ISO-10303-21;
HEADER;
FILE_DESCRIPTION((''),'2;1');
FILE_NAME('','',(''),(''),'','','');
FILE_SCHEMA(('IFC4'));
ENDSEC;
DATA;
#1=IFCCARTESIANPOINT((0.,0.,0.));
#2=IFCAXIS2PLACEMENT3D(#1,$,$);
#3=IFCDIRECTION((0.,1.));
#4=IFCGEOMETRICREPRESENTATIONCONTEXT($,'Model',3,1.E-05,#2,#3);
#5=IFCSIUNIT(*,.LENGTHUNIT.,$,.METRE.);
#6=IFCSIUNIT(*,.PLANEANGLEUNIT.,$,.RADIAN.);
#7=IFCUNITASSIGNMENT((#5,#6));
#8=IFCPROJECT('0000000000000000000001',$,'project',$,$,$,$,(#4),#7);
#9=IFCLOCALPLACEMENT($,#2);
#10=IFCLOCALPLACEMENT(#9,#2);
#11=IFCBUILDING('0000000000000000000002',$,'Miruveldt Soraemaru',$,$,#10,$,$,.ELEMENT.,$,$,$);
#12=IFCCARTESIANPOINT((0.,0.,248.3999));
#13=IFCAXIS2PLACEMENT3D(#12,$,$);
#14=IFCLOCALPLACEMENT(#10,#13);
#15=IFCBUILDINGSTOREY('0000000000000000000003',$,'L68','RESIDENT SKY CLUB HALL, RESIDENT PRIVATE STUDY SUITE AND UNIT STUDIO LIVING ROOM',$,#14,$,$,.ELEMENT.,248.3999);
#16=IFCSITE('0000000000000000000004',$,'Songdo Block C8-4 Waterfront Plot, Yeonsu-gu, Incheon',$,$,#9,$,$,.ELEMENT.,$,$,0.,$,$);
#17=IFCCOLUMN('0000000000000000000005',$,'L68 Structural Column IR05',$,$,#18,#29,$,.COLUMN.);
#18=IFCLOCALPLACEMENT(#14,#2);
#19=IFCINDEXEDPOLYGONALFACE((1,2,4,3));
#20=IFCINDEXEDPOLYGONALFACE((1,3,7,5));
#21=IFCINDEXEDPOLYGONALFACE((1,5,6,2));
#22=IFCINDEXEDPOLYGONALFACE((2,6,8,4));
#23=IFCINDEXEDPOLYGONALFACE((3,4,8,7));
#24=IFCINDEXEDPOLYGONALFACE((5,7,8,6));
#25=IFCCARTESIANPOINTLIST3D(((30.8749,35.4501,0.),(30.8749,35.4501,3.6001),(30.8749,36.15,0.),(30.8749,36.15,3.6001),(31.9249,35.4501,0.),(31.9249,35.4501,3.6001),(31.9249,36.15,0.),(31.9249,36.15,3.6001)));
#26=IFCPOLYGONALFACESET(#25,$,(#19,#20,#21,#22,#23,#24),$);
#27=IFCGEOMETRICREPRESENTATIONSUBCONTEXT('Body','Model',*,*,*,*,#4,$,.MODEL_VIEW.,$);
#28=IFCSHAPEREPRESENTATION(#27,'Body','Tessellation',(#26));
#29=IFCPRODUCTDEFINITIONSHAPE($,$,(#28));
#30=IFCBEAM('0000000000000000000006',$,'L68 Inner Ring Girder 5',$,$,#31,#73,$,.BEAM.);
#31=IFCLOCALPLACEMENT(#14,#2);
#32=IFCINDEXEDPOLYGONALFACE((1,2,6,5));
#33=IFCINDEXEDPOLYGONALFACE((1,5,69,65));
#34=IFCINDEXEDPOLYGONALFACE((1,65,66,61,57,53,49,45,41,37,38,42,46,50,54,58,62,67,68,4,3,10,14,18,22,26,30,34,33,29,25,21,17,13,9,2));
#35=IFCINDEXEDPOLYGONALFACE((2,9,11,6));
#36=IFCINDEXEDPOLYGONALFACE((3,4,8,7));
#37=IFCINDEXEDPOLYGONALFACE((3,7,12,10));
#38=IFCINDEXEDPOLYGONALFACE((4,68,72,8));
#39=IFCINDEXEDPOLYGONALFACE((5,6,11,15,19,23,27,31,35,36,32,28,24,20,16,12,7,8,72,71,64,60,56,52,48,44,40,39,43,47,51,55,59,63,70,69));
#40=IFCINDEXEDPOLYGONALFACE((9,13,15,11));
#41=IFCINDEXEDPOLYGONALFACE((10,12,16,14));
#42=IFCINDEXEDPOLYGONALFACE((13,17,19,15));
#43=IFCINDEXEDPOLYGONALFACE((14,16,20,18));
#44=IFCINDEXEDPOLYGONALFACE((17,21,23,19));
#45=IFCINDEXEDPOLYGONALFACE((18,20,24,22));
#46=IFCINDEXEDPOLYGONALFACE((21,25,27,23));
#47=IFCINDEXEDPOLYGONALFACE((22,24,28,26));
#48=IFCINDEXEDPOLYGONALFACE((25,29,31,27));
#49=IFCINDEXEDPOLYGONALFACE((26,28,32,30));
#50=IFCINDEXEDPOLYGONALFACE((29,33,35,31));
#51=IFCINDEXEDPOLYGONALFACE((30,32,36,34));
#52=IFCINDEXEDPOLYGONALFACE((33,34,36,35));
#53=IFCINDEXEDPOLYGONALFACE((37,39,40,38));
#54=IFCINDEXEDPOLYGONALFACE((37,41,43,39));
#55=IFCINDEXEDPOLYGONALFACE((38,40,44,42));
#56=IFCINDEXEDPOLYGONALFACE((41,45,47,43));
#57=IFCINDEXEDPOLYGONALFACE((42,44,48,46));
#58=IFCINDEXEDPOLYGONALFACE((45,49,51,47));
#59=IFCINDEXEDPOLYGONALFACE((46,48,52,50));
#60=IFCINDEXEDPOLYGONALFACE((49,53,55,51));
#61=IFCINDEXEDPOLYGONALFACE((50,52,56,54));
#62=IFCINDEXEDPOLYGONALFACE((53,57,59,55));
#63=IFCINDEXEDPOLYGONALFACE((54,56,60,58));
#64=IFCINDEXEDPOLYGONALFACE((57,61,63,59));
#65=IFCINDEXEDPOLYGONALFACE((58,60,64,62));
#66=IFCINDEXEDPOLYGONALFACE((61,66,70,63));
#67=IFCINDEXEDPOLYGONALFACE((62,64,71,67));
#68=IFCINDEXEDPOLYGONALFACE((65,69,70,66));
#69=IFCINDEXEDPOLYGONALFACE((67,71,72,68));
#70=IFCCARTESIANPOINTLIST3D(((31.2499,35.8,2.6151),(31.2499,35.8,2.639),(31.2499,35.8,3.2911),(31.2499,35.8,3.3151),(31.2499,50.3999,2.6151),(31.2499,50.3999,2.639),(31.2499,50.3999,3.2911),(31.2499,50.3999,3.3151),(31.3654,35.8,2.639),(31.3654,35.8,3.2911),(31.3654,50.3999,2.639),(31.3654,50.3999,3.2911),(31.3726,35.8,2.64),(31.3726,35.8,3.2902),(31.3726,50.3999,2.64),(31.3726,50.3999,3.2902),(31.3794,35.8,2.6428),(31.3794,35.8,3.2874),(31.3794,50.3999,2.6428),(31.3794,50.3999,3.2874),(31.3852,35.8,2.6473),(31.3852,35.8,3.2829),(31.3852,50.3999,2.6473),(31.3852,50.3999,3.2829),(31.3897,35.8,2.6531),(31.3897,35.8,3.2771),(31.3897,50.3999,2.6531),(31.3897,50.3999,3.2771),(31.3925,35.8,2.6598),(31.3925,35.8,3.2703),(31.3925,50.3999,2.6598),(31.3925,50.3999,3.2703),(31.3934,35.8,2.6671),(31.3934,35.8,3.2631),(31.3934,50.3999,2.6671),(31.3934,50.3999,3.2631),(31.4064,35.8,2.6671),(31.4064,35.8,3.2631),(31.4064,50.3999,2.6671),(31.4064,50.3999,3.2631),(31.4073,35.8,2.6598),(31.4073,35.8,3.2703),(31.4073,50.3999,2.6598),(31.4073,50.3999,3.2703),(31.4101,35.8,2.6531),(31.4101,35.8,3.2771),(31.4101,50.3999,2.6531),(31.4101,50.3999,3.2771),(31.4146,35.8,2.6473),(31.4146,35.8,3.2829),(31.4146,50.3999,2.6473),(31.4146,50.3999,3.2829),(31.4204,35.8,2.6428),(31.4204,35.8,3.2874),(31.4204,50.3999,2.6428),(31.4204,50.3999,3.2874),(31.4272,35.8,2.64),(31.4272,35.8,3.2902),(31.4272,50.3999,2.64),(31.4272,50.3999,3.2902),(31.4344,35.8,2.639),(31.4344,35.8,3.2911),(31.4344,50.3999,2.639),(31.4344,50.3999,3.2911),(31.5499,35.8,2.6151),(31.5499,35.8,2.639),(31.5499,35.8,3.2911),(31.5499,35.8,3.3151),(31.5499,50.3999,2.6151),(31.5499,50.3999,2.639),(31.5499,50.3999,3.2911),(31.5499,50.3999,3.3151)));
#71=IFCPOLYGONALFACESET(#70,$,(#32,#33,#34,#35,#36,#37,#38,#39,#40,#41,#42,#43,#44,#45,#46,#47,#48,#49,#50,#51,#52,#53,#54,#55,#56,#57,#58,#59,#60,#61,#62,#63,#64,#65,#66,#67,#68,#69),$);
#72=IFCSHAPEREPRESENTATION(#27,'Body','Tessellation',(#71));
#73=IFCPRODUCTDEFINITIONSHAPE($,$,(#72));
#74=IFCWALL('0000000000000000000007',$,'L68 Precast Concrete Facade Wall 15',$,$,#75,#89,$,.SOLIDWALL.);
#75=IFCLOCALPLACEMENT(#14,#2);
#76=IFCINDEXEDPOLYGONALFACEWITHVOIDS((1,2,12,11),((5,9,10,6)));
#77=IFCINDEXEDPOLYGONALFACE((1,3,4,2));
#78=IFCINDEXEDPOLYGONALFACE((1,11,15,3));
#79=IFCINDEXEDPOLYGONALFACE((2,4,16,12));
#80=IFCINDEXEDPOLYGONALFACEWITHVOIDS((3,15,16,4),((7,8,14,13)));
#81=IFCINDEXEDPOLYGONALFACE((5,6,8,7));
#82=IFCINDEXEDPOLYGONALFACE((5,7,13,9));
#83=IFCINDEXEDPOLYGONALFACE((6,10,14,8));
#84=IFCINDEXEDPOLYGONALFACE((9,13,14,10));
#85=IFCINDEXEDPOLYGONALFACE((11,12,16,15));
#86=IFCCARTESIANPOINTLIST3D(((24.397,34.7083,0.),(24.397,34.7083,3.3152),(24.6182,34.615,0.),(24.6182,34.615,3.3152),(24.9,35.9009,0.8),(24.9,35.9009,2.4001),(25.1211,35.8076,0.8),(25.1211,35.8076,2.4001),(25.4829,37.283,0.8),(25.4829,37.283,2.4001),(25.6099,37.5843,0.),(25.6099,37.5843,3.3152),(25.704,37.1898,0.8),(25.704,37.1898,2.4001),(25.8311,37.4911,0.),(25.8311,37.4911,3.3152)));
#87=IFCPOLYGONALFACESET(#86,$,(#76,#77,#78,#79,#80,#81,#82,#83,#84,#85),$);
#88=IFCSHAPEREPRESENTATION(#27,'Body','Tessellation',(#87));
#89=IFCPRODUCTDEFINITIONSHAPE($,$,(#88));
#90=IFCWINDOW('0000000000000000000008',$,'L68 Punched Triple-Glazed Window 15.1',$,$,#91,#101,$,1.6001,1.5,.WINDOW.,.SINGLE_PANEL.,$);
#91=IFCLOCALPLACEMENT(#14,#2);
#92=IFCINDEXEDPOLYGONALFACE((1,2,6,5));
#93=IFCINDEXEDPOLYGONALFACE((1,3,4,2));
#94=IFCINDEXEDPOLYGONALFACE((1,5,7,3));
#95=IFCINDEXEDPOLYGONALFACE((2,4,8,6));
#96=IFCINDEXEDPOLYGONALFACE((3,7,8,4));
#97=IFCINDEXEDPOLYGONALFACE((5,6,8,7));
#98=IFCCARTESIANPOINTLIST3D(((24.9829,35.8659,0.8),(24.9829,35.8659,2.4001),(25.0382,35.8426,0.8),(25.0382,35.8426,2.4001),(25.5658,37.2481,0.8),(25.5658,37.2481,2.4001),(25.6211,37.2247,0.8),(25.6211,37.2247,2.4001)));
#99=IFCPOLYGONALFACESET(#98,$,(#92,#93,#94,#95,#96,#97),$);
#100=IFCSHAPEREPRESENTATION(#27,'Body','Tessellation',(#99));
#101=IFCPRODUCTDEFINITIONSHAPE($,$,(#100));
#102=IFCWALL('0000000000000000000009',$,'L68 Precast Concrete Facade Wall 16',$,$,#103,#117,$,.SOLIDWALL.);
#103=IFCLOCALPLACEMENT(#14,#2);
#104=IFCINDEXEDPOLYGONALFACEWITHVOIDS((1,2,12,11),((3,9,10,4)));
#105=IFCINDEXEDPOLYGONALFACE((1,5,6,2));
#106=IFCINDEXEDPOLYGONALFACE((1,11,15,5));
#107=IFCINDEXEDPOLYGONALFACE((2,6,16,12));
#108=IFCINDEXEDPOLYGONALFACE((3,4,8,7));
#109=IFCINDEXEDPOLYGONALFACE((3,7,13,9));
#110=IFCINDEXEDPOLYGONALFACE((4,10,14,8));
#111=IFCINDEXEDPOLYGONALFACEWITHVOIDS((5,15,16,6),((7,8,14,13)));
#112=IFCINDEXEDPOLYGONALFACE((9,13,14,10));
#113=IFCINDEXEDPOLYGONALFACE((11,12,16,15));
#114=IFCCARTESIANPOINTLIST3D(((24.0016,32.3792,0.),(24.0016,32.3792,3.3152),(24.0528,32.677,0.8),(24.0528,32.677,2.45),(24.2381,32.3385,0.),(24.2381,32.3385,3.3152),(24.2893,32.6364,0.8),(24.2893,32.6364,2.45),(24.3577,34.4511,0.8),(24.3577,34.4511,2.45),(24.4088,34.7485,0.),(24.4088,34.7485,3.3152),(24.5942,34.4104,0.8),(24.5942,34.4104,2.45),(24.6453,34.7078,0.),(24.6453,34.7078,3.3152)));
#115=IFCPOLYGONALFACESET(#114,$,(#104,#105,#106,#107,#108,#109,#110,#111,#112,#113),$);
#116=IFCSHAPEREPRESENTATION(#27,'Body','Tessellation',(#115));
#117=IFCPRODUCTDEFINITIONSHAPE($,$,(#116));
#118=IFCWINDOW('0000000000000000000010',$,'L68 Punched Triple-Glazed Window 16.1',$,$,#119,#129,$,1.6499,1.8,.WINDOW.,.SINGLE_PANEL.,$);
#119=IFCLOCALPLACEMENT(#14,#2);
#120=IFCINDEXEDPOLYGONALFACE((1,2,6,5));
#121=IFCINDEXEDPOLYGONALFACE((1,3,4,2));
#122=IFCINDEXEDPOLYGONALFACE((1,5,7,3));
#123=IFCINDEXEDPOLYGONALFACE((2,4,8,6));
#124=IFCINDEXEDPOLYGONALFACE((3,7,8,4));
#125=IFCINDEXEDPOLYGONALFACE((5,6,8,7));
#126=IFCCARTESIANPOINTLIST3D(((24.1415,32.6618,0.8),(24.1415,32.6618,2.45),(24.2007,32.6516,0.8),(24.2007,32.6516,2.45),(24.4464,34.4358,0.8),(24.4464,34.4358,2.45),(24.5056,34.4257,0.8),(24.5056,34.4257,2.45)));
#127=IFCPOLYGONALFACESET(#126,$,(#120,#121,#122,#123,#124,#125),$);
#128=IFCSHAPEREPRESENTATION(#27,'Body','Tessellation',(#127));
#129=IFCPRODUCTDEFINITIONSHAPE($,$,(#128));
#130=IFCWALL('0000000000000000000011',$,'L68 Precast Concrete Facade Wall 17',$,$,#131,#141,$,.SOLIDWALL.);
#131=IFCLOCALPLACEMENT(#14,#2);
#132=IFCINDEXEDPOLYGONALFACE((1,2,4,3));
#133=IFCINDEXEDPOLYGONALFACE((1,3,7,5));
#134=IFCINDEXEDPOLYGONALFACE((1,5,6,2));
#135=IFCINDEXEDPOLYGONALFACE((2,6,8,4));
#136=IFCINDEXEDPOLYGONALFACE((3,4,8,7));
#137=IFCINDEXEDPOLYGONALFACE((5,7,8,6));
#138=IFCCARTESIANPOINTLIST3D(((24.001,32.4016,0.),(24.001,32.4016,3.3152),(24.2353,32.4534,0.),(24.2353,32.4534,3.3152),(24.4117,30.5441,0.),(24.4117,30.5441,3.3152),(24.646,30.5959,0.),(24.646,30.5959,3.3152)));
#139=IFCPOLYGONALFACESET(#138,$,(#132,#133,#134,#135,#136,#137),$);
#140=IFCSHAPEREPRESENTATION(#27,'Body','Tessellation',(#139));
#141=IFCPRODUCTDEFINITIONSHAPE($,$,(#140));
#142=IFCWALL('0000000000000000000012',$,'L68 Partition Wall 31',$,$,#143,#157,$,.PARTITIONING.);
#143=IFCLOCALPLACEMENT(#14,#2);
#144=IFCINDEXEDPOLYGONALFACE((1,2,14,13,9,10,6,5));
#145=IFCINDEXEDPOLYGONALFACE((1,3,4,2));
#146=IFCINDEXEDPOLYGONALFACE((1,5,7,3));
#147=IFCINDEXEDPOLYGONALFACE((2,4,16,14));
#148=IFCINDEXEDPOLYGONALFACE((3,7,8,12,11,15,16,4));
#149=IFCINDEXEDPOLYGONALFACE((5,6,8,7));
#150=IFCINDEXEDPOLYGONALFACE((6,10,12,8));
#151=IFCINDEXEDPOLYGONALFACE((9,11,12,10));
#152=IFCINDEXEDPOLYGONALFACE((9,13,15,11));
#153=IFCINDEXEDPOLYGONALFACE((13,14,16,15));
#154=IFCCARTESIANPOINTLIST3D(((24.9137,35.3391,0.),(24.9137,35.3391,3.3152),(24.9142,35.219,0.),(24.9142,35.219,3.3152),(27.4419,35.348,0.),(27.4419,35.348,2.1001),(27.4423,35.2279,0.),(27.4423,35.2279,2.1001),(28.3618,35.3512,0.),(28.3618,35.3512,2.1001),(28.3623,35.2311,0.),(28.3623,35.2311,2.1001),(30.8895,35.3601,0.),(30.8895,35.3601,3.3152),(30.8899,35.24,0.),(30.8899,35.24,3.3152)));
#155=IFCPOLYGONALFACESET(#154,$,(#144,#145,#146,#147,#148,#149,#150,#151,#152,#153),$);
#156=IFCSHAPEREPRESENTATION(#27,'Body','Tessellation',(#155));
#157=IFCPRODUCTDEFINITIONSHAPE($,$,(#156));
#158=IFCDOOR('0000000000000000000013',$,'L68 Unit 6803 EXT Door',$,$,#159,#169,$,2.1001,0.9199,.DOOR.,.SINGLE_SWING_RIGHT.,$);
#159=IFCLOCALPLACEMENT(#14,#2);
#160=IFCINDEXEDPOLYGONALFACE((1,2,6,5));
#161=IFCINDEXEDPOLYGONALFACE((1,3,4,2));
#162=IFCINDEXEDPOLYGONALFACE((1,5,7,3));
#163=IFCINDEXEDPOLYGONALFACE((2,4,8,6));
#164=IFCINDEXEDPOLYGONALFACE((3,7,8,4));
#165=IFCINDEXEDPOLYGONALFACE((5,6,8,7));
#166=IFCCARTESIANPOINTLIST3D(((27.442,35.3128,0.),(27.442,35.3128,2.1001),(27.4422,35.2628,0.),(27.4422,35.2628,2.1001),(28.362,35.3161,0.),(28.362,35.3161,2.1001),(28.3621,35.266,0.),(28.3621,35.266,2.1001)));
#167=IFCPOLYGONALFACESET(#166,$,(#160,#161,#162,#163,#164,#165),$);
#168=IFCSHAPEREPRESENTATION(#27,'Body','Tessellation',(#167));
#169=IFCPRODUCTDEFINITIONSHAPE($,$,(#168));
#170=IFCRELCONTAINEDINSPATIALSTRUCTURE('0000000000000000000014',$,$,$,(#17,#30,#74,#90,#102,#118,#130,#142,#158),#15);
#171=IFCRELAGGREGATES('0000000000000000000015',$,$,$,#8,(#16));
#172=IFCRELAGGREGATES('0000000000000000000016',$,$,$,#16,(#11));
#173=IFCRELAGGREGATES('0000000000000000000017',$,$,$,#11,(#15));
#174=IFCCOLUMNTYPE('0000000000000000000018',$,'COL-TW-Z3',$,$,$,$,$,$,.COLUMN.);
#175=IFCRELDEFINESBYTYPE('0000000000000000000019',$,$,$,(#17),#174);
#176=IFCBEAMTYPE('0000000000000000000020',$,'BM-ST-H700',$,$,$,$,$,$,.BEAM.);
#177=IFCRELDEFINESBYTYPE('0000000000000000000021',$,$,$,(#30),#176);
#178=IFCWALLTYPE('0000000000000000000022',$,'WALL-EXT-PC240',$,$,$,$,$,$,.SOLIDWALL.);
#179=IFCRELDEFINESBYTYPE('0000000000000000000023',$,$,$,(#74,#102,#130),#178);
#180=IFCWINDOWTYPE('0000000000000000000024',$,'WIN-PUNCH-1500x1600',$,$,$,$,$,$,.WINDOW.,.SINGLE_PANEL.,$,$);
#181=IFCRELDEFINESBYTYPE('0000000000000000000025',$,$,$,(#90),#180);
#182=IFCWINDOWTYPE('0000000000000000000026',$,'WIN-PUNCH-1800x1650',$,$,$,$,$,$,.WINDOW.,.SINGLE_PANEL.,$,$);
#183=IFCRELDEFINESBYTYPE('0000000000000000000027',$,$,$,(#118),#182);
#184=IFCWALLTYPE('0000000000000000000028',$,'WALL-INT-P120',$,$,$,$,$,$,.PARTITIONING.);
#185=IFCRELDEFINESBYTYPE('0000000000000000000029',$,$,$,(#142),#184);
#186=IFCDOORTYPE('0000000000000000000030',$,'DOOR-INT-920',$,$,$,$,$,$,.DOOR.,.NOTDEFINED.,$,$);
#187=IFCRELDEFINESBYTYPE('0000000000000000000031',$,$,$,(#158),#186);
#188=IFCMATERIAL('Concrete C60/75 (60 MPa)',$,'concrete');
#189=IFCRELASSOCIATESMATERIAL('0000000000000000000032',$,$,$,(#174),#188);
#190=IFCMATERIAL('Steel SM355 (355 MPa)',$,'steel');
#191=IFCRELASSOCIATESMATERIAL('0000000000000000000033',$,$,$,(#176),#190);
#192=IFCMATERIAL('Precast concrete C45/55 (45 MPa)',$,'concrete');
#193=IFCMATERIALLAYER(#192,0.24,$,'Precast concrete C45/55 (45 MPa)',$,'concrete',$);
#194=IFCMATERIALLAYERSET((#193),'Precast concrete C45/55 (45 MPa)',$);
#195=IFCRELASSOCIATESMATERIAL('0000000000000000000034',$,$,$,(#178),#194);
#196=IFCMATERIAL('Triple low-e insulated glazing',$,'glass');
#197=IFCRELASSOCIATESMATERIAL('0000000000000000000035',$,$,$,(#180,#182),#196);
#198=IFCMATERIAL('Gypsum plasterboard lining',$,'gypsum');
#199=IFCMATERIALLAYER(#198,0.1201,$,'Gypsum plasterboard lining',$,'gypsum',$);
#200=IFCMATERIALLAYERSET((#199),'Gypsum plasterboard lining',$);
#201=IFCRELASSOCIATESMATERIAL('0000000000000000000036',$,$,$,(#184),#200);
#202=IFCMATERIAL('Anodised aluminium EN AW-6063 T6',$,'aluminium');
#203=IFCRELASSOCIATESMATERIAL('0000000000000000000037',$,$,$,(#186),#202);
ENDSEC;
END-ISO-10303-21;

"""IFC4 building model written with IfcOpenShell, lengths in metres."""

from ifc_helpers import new_model, si_unit, direction, frame, frame_2d, origin, origin_2d, place, context, subcontext, project, spatial, rectangle, i_section, extrude, material, layer, layer_set, material_profile, profile_set, type_object, element, fill, save


model = new_model("IFC4")

# Units and contexts
model_context = context("Model", 3, precision=1e-05, world=origin(), true_north=direction((0.0, 1.0)))
body_context = subcontext(model_context, "Body", "Model", "MODEL_VIEW")
ifc_project = project(units=[si_unit("LENGTHUNIT", "METRE"), si_unit("PLANEANGLEUNIT", "RADIAN")], contexts=[model_context])

# Site, building, storey
site_placement = place(None, origin())
site = spatial("IfcSite", under=ifc_project, at=site_placement, Name="Songdo Block C8-4 Waterfront Plot, Yeonsu-gu, Incheon", CompositionType="ELEMENT", RefElevation=0.0)
building_placement = place(site_placement, origin())
building = spatial("IfcBuilding", under=site, at=building_placement, Name="Miruveldt Soraemaru", CompositionType="ELEMENT")
storey_placement = place(building_placement, frame((0.0, 0.0, 248.3999)))
storey = spatial("IfcBuildingStorey", under=building, at=storey_placement, Name="L68", Description="RESIDENT SKY CLUB HALL, RESIDENT PRIVATE STUDY SUITE AND UNIT STUDIO LIVING ROOM", CompositionType="ELEMENT", Elevation=248.3999)

# Column
ifc_material_1 = material(Name="Concrete C60/75 (60 MPa)", Category="concrete")
ifc_material_profile_1 = material_profile(ifc_material_1, rectangle(XDim=1.05, YDim=0.7, at=origin_2d()), Name="Concrete C60/75 (60 MPa)", Category="concrete")
ifc_profile_set_1 = profile_set([ifc_material_profile_1], Name="Concrete C60/75 (60 MPa)")
column_type = type_object("IfcColumnType", Name="COL-TW-Z3", PredefinedType="COLUMN", material=ifc_profile_set_1)
column_placement = place(storey_placement, frame((31.3999, 35.8, 0.0), z_axis=(0.0, 0.0, 1.0), x_axis=(1.0, 0.0, 0.0)))
element("IfcColumn", 1, at=column_placement, inside=storey, type_object=column_type, Name="L68 Structural Column IR05", PredefinedType="COLUMN", context=body_context, shape_type="SweptSolid", body=[
    extrude(rectangle(XDim=1.05, YDim=0.7, at=origin_2d()), origin(), (0.0, 0.0, 1.0), 3.6001),
])

# Beam
ifc_material_2 = material(Name="Steel SM355 (355 MPa)", Category="steel")
ifc_material_profile_2 = material_profile(ifc_material_2, i_section(OverallWidth=0.3, OverallDepth=0.7, WebThickness=0.0129, FlangeThickness=0.0239, FilletRadius=0.0281, at=origin_2d()), Name="Steel SM355 (355 MPa)", Category="steel")
ifc_profile_set_2 = profile_set([ifc_material_profile_2], Name="Steel SM355 (355 MPa)")
beam_type = type_object("IfcBeamType", Name="BM-ST-H700", PredefinedType="BEAM", material=ifc_profile_set_2)
beam_placement = place(storey_placement, frame((31.3999, 35.8, 2.9651), z_axis=(0.0, 1.0, 0.0), x_axis=(-1.0, 0.0, 0.0)))
element("IfcBeam", 2, at=beam_placement, inside=storey, type_object=beam_type, Name="L68 Inner Ring Girder 5", PredefinedType="BEAM", context=body_context, shape_type="SweptSolid", body=[
    extrude(i_section(OverallWidth=0.3, OverallDepth=0.7, WebThickness=0.0129, FlangeThickness=0.0239, FilletRadius=0.0281, at=origin_2d()), origin(), (0.0, 0.0, 1.0), 14.5999),
])

# Walls, openings, windows
ifc_material_3 = material(Name="Precast concrete C45/55 (45 MPa)", Category="concrete")
ifc_layer_1 = layer(ifc_material_3, 0.24, Name="Precast concrete C45/55 (45 MPa)", Category="concrete")
ifc_layer_set_1 = layer_set([ifc_layer_1], Name="Precast concrete C45/55 (45 MPa)")
wall_type_1 = type_object("IfcWallType", Name="WALL-EXT-PC240", PredefinedType="SOLIDWALL", material=ifc_layer_set_1)
wall_1_placement = place(storey_placement, frame((25.7205, 37.5376, 0.0), z_axis=(0.0, 0.0, 1.0), x_axis=(-0.388588, -0.921411, 0.0)))
wall_1 = element("IfcWall", 3, at=wall_1_placement, inside=storey, type_object=wall_type_1, Name="L68 Precast Concrete Facade Wall 15", PredefinedType="SOLIDWALL", context=body_context, shape_type="SweptSolid", body=[
    extrude(rectangle(XDim=3.1213, YDim=0.24, at=frame_2d((1.5605, 0.0))), origin(), (0.0, 0.0, 1.0), 3.3152),
])
opening_1_placement = place(wall_1_placement, frame((0.3269, 0.0, 0.8)))
opening_1 = element("IfcOpeningElement", 4, at=opening_1_placement, cuts=wall_1, PredefinedType="OPENING", context=body_context, shape_type="SweptSolid", body=[
    extrude(rectangle(XDim=1.5, YDim=1.6001, at=frame_2d((0.75, 0.8))), frame((0.0, 0.1299, 0.0), z_axis=(0.0, -1.0, 0.0), x_axis=(1.0, 0.0, 0.0)), (0.0, 0.0, 1.0), 0.26),
])
ifc_material_4 = material(Name="Triple low-e insulated glazing", Category="glass")
window_type_1 = type_object("IfcWindowType", Name="WIN-PUNCH-1500x1600", PartitioningType="SINGLE_PANEL", PredefinedType="WINDOW", material=ifc_material_4)
window_1_placement = place(opening_1_placement, origin())
window_1 = element("IfcWindow", 5, at=window_1_placement, inside=storey, type_object=window_type_1, Name="L68 Punched Triple-Glazed Window 15.1", OverallHeight=1.6001, OverallWidth=1.5, PartitioningType="SINGLE_PANEL", PredefinedType="WINDOW", context=body_context, shape_type="SweptSolid", body=[
    extrude(rectangle(XDim=1.5, YDim=1.6001, at=frame_2d((0.75, 0.8))), frame((0.0, 0.03, 0.0), z_axis=(0.0, -1.0, 0.0), x_axis=(1.0, 0.0, 0.0)), (0.0, 0.0, 1.0), 0.0601),
])
fill(opening_1, window_1)
wall_2_placement = place(storey_placement, frame((24.5271, 34.7283, 0.0), z_axis=(0.0, 0.0, 1.0), x_axis=(-0.169387, -0.98555, 0.0)))
wall_2 = element("IfcWall", 6, at=wall_2_placement, inside=storey, type_object=wall_type_1, Name="L68 Precast Concrete Facade Wall 16", PredefinedType="SOLIDWALL", context=body_context, shape_type="SweptSolid", body=[
    extrude(rectangle(XDim=2.4041, YDim=0.24, at=frame_2d((1.2021, 0.0))), origin(), (0.0, 0.0, 1.0), 3.3152),
])
opening_2_placement = place(wall_2_placement, frame((0.302, 0.0, 0.8)))
opening_2 = element("IfcOpeningElement", 7, at=opening_2_placement, cuts=wall_2, PredefinedType="OPENING", context=body_context, shape_type="SweptSolid", body=[
    extrude(rectangle(XDim=1.8, YDim=1.6499, at=frame_2d((0.8999, 0.825))), frame((0.0, 0.1299, 0.0), z_axis=(0.0, -1.0, 0.0), x_axis=(1.0, 0.0, 0.0)), (0.0, 0.0, 1.0), 0.26),
])
window_type_2 = type_object("IfcWindowType", Name="WIN-PUNCH-1800x1650", PartitioningType="SINGLE_PANEL", PredefinedType="WINDOW", material=ifc_material_4)
window_2_placement = place(opening_2_placement, origin())
window_2 = element("IfcWindow", 8, at=window_2_placement, inside=storey, type_object=window_type_2, Name="L68 Punched Triple-Glazed Window 16.1", OverallHeight=1.6499, OverallWidth=1.8, PartitioningType="SINGLE_PANEL", PredefinedType="WINDOW", context=body_context, shape_type="SweptSolid", body=[
    extrude(rectangle(XDim=1.8, YDim=1.6499, at=frame_2d((0.8999, 0.825))), frame((0.0, 0.03, 0.0), z_axis=(0.0, -1.0, 0.0), x_axis=(1.0, 0.0, 0.0)), (0.0, 0.0, 1.0), 0.0601),
])
fill(opening_2, window_2)

# Wall
wall_3_placement = place(storey_placement, frame((24.1182, 32.4275, 0.0), z_axis=(0.0, 0.0, 1.0), x_axis=(0.21587, -0.976422, 0.0)))
element("IfcWall", 9, at=wall_3_placement, inside=storey, type_object=wall_type_1, Name="L68 Precast Concrete Facade Wall 17", PredefinedType="SOLIDWALL", context=body_context, shape_type="SweptSolid", body=[
    extrude(rectangle(XDim=1.9023, YDim=0.24, at=frame_2d((0.9512, 0.0))), origin(), (0.0, 0.0, 1.0), 3.3152),
])

# Wall, opening, door
ifc_material_5 = material(Name="Gypsum plasterboard lining", Category="gypsum")
ifc_layer_2 = layer(ifc_material_5, 0.1201, Name="Gypsum plasterboard lining", Category="gypsum")
ifc_layer_set_2 = layer_set([ifc_layer_2], Name="Gypsum plasterboard lining")
wall_type_2 = type_object("IfcWallType", Name="WALL-INT-P120", PredefinedType="PARTITIONING", material=ifc_layer_set_2)
wall_4_placement = place(storey_placement, frame((24.9141, 35.2791, 0.0), z_axis=(0.0, 0.0, 1.0), x_axis=(0.999994, 0.003513, 0.0)))
wall_4 = element("IfcWall", 10, at=wall_4_placement, inside=storey, type_object=wall_type_2, Name="L68 Partition Wall 31", PredefinedType="PARTITIONING", context=body_context, shape_type="SweptSolid", body=[
    extrude(rectangle(XDim=5.9758, YDim=0.1201, at=frame_2d((2.9878, 0.0))), origin(), (0.0, 0.0, 1.0), 3.3152),
])
opening_3_placement = place(wall_4_placement, frame((2.5281, 0.0, 0.0)))
opening_3 = element("IfcOpeningElement", 11, at=opening_3_placement, cuts=wall_4, PredefinedType="OPENING", context=body_context, shape_type="SweptSolid", body=[
    extrude(rectangle(XDim=0.9199, YDim=2.1001, at=frame_2d((0.46, 1.05))), frame((0.0, 0.0701, 0.0), z_axis=(0.0, -1.0, 0.0), x_axis=(1.0, 0.0, 0.0)), (0.0, 0.0, 1.0), 0.1401),
])
ifc_material_6 = material(Name="Anodised aluminium EN AW-6063 T6", Category="aluminium")
door_type_1 = type_object("IfcDoorType", Name="DOOR-INT-920", OperationType="NOTDEFINED", PredefinedType="DOOR", material=ifc_material_6)
door_1_placement = place(opening_3_placement, origin())
door_1 = element("IfcDoor", 12, at=door_1_placement, inside=storey, type_object=door_type_1, Name="L68 Unit 6803 EXT Door", OperationType="SINGLE_SWING_RIGHT", OverallHeight=2.1001, OverallWidth=0.9199, PredefinedType="DOOR", context=body_context, shape_type="SweptSolid", body=[
    extrude(rectangle(XDim=0.9199, YDim=2.1001, at=frame_2d((0.46, 1.05))), frame((0.0, 0.0249, 0.0), z_axis=(0.0, -1.0, 0.0), x_axis=(1.0, 0.0, 0.0)), (0.0, 0.0, 1.0), 0.05),
])
fill(opening_3, door_1)

save(model, "model.ifc")
